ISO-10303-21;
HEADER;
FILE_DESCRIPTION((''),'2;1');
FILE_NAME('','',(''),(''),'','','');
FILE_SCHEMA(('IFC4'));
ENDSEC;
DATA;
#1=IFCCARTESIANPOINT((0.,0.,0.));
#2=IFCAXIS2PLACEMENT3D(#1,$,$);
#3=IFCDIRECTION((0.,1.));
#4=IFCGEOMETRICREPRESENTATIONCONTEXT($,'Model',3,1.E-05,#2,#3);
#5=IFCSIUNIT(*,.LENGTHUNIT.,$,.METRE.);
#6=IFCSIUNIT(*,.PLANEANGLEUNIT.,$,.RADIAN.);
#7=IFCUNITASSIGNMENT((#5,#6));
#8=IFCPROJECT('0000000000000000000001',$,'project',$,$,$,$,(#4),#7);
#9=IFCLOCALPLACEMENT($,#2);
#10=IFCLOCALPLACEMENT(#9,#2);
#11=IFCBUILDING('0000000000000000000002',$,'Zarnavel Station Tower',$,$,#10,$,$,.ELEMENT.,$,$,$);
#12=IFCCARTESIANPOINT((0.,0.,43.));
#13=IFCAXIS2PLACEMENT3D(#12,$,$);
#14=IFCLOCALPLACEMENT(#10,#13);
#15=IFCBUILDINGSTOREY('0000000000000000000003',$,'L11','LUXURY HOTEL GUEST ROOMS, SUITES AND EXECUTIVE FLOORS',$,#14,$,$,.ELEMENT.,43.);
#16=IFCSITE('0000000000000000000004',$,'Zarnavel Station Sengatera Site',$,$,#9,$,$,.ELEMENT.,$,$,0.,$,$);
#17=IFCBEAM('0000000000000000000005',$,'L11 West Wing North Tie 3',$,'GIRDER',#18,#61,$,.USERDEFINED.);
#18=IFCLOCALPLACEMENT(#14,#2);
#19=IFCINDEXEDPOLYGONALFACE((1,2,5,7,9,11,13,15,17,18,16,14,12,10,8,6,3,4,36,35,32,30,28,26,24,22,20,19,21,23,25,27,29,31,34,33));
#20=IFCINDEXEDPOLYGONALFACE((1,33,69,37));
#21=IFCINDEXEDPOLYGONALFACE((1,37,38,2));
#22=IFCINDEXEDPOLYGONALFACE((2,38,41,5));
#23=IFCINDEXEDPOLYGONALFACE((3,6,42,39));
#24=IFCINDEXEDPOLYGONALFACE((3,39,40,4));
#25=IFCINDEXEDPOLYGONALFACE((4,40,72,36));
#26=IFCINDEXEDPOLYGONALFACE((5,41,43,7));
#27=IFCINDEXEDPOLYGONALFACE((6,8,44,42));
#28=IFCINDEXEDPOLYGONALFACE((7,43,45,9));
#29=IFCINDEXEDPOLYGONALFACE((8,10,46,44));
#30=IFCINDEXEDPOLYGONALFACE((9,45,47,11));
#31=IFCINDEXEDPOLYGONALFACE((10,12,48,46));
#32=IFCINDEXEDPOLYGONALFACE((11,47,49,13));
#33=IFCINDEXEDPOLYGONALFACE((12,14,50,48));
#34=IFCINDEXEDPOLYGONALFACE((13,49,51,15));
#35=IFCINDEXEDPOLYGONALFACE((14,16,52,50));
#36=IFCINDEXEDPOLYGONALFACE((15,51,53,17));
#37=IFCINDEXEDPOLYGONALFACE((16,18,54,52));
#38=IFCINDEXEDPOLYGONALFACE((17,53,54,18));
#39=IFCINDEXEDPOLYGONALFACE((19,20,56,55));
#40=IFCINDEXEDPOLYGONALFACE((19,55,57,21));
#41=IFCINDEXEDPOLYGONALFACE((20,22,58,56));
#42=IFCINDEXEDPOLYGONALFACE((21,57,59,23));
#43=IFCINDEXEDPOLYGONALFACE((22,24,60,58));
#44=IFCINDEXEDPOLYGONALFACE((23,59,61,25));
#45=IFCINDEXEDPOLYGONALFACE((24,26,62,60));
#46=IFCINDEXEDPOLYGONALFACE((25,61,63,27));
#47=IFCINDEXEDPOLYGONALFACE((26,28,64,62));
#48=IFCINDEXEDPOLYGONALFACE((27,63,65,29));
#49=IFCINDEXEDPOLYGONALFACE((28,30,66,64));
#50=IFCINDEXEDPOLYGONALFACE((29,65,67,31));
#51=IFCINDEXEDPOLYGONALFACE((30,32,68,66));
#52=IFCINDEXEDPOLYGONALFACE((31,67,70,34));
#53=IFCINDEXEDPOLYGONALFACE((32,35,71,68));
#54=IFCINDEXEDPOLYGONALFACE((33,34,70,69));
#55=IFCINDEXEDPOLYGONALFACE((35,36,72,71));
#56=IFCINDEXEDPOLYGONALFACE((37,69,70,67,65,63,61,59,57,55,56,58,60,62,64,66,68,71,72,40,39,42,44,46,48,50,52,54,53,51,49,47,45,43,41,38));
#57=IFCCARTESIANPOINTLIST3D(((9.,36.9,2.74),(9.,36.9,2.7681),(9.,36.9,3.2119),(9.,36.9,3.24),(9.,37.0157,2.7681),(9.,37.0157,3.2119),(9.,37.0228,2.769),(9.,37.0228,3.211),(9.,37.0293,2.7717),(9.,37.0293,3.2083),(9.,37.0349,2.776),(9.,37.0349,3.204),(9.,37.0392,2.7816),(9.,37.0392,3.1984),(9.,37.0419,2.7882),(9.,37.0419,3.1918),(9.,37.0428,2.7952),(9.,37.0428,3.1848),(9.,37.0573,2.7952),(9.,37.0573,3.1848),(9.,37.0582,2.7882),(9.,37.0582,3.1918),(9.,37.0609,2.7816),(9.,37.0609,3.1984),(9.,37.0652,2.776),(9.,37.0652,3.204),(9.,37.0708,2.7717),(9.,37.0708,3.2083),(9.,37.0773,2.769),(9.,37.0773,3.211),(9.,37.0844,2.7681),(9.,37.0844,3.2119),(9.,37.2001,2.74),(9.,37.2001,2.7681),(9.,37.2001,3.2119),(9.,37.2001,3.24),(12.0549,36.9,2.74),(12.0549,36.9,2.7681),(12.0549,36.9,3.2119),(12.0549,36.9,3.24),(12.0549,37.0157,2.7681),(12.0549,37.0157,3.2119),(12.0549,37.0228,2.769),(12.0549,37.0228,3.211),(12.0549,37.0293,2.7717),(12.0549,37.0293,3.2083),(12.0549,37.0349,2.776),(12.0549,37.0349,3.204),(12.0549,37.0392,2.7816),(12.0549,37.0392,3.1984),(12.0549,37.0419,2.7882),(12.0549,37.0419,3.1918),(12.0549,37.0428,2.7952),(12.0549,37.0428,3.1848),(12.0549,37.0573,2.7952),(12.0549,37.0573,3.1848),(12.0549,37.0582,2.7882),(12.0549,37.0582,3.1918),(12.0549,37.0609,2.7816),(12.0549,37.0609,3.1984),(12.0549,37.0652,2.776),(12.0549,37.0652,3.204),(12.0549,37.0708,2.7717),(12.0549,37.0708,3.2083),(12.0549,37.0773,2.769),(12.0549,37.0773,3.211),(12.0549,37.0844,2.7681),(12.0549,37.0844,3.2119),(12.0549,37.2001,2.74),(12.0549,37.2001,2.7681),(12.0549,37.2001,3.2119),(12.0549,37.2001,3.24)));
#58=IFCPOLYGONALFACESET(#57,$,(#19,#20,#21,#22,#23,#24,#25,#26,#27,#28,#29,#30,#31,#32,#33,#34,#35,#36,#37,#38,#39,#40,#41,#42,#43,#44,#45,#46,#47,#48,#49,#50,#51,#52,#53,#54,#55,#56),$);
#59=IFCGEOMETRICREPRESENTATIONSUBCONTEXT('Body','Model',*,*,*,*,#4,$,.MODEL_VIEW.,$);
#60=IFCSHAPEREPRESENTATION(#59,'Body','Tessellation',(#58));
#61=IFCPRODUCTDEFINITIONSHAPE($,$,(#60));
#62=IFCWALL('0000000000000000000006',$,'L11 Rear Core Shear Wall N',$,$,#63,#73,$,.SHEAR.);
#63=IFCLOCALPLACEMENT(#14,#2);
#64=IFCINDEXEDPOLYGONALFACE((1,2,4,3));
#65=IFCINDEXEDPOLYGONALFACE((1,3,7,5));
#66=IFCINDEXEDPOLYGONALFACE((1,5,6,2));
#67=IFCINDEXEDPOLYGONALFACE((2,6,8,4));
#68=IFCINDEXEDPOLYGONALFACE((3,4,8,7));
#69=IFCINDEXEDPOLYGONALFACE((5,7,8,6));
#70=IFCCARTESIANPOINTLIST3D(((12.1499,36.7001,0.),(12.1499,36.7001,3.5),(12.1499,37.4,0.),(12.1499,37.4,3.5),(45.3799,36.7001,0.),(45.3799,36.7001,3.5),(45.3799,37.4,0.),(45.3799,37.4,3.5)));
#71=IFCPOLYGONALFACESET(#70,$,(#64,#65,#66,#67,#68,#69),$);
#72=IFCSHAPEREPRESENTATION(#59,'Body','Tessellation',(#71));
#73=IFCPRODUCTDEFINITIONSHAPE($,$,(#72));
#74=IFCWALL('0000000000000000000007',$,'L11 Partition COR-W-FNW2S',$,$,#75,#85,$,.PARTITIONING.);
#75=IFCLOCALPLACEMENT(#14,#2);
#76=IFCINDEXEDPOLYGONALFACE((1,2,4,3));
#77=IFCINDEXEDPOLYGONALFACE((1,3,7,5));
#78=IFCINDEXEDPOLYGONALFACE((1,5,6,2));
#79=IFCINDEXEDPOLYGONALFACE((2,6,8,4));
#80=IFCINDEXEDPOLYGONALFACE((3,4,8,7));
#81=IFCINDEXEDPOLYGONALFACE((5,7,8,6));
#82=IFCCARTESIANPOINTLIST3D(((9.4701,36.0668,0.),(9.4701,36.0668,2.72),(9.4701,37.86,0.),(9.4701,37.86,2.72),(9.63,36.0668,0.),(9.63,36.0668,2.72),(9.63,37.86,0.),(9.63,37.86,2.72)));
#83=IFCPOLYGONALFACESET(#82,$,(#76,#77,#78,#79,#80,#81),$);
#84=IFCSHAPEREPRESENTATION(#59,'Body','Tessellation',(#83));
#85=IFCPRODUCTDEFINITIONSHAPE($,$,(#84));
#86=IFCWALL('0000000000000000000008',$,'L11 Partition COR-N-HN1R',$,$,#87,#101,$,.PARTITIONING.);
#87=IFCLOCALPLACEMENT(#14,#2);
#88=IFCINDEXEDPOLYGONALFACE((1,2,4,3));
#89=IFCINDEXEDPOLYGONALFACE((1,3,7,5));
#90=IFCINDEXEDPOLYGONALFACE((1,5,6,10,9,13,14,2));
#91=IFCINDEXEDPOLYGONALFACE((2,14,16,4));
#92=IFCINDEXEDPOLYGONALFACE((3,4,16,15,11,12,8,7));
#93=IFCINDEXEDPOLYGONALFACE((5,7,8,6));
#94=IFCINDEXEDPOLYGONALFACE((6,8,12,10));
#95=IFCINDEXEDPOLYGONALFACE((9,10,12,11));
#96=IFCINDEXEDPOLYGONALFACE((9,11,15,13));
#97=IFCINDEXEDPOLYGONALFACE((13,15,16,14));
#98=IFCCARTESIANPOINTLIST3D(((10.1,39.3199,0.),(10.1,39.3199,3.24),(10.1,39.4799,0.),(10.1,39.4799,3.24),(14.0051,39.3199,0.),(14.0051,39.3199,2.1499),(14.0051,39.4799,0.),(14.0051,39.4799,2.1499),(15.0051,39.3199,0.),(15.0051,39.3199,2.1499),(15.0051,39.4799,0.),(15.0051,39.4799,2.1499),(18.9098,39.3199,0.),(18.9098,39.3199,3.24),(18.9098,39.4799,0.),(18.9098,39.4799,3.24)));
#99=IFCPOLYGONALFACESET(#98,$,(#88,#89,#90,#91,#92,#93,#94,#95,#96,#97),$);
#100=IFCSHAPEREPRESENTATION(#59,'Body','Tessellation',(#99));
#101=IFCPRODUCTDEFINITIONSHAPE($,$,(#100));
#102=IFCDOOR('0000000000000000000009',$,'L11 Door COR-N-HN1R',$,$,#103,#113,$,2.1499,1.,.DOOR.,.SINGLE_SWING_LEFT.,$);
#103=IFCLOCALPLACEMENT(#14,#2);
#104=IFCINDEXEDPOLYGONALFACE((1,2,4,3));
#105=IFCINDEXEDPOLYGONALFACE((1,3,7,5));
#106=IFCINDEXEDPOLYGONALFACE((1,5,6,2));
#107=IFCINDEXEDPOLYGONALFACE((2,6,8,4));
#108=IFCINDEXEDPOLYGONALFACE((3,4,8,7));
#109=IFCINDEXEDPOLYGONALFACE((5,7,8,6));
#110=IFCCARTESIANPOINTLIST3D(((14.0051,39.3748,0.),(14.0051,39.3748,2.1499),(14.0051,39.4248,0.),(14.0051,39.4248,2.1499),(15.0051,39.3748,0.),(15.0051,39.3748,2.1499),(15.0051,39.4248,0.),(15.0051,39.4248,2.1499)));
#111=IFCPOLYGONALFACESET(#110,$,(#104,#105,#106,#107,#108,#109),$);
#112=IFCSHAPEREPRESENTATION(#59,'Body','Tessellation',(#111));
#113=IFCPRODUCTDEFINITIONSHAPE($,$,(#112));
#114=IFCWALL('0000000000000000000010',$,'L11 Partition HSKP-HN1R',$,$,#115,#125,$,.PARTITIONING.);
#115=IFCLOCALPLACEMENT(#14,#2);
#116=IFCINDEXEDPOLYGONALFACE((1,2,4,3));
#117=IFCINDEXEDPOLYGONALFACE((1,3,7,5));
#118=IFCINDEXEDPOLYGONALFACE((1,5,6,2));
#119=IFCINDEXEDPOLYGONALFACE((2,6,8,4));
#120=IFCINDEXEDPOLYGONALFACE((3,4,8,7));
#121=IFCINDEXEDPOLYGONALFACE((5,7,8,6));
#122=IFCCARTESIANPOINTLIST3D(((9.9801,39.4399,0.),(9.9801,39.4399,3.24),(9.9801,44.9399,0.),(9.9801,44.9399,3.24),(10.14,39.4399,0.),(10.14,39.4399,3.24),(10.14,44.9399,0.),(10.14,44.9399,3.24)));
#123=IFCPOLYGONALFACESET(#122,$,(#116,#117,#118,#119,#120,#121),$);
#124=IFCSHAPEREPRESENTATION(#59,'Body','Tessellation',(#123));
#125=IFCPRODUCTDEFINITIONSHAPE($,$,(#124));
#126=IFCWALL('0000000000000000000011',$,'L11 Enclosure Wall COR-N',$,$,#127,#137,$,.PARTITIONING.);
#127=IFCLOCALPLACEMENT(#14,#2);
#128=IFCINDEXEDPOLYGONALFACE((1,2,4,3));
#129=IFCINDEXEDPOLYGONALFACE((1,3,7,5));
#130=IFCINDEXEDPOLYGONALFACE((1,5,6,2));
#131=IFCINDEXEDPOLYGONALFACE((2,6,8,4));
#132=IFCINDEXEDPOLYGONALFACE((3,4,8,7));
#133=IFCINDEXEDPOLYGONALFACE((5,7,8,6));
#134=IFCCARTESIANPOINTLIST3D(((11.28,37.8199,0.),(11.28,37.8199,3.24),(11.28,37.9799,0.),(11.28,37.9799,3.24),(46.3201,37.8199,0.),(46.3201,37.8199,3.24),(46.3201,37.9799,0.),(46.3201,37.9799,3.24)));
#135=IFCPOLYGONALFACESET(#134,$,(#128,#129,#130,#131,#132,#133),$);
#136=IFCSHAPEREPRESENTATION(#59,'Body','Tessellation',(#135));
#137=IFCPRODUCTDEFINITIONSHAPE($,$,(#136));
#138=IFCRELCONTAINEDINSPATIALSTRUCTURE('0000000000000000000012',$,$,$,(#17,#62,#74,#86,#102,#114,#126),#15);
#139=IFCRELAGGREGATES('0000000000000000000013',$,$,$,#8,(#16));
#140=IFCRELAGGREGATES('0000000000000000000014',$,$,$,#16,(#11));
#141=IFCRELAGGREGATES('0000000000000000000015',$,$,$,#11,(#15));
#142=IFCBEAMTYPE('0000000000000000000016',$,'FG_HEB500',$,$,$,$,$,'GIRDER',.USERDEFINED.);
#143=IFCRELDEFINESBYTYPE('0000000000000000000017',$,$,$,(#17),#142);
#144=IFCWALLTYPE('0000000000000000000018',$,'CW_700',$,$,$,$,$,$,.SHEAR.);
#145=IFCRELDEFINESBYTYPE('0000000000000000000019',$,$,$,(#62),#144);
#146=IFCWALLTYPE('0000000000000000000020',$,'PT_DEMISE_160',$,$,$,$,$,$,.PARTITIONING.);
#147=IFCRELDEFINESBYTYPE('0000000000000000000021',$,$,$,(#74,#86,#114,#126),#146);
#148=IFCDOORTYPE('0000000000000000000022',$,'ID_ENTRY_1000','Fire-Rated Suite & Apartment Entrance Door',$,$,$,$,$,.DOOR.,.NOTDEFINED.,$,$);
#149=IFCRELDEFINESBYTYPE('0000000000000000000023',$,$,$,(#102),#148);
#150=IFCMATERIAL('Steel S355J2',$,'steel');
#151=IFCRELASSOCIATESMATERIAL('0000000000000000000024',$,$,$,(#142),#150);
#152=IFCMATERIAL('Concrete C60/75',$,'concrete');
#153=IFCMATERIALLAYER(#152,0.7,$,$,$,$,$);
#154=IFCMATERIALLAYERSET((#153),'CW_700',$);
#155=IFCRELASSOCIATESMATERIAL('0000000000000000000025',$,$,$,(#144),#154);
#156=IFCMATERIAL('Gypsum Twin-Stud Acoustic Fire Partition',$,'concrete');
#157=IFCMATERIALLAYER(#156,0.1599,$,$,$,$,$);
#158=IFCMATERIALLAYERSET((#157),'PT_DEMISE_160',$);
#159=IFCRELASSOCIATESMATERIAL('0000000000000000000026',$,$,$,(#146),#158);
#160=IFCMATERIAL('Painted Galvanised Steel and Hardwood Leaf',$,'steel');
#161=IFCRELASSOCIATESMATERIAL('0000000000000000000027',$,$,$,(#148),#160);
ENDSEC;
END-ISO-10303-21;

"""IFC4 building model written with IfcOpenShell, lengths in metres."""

from ifc_helpers import new_model, si_unit, direction, frame, frame_2d, origin, origin_2d, place, context, subcontext, project, spatial, rectangle, i_section, extrude, material, layer, layer_set, material_profile, profile_set, type_object, element, fill, save


model = new_model("IFC4")

# Units and contexts
model_context = context("Model", 3, precision=1e-05, world=origin(), true_north=direction((0.0, 1.0)))
body_context = subcontext(model_context, "Body", "Model", "MODEL_VIEW")
ifc_project = project(units=[si_unit("LENGTHUNIT", "METRE"), si_unit("PLANEANGLEUNIT", "RADIAN")], contexts=[model_context])

# Site, building, storey
site_placement = place(None, origin())
site = spatial("IfcSite", under=ifc_project, at=site_placement, Name="Zarnavel Station Sengatera Site", CompositionType="ELEMENT", RefElevation=0.0)
building_placement = place(site_placement, origin())
building = spatial("IfcBuilding", under=site, at=building_placement, Name="Zarnavel Station Tower", CompositionType="ELEMENT")
storey_placement = place(building_placement, frame((0.0, 0.0, 43.0)))
storey = spatial("IfcBuildingStorey", under=building, at=storey_placement, Name="L11", Description="LUXURY HOTEL GUEST ROOMS, SUITES AND EXECUTIVE FLOORS", CompositionType="ELEMENT", Elevation=43.0)

# Beam
ifc_material_1 = material(Name="Steel S355J2", Category="steel")
ifc_material_profile_1 = material_profile(ifc_material_1, i_section(OverallWidth=0.3, OverallDepth=0.5, WebThickness=0.0144, FlangeThickness=0.0281, FilletRadius=0.0271, at=origin_2d()), Name="HEB500")
ifc_profile_set_1 = profile_set([ifc_material_profile_1], Name="Steel S355J2")
beam_type = type_object("IfcBeamType", Name="FG_HEB500", ElementType="GIRDER", PredefinedType="USERDEFINED", material=ifc_profile_set_1)
beam_1_placement = place(storey_placement, frame((9.0, 37.05, 2.99), z_axis=(1.0, 0.0, 0.0), x_axis=(0.0, 1.0, 0.0)))
element("IfcBeam", 1, at=beam_1_placement, inside=storey, type_object=beam_type, Name="L11 West Wing North Tie 3", ObjectType="GIRDER", PredefinedType="USERDEFINED", context=body_context, shape_type="SweptSolid", body=[
    extrude(i_section(OverallWidth=0.3, OverallDepth=0.5, WebThickness=0.0144, FlangeThickness=0.0281, FilletRadius=0.0271, at=origin_2d()), origin(), (0.0, 0.0, 1.0), 3.0549),
])

# Walls
ifc_material_2 = material(Name="Concrete C60/75", Category="concrete")
ifc_layer_1 = layer(ifc_material_2, 0.7)
ifc_layer_set_1 = layer_set([ifc_layer_1], Name="CW_700")
wall_type_1 = type_object("IfcWallType", Name="CW_700", PredefinedType="SHEAR", material=ifc_layer_set_1)
wall_1_placement = place(storey_placement, frame((12.1499, 37.05, 0.0), z_axis=(0.0, 0.0, 1.0), x_axis=(1.0, 0.0, 0.0)))
element("IfcWall", 2, at=wall_1_placement, inside=storey, type_object=wall_type_1, Name="L11 Rear Core Shear Wall N", PredefinedType="SHEAR", context=body_context, shape_type="SweptSolid", body=[
    extrude(rectangle(XDim=33.23, YDim=0.7, at=frame_2d((16.615, 0.0))), origin(), (0.0, 0.0, 1.0), 3.5),
])
ifc_material_3 = material(Name="Gypsum Twin-Stud Acoustic Fire Partition", Category="concrete")
ifc_layer_2 = layer(ifc_material_3, 0.1599)
ifc_layer_set_2 = layer_set([ifc_layer_2], Name="PT_DEMISE_160")
wall_type_2 = type_object("IfcWallType", Name="PT_DEMISE_160", PredefinedType="PARTITIONING", material=ifc_layer_set_2)
wall_2_placement = place(storey_placement, frame((9.55, 36.0669, 0.0), z_axis=(0.0, 0.0, 1.0), x_axis=(0.0, 1.0, 0.0)))
element("IfcWall", 3, at=wall_2_placement, inside=storey, type_object=wall_type_2, Name="L11 Partition COR-W-FNW2S", PredefinedType="PARTITIONING", context=body_context, shape_type="SweptSolid", body=[
    extrude(rectangle(XDim=1.7932, YDim=0.1599, at=frame_2d((0.8965, 0.0))), origin(), (0.0, 0.0, 1.0), 2.72),
])

# Wall, opening, door
wall_3_placement = place(storey_placement, frame((10.1001, 39.3999, 0.0), z_axis=(0.0, 0.0, 1.0), x_axis=(1.0, 0.0, 0.0)))
wall_3 = element("IfcWall", 4, at=wall_3_placement, inside=storey, type_object=wall_type_2, Name="L11 Partition COR-N-HN1R", PredefinedType="PARTITIONING", context=body_context, shape_type="SweptSolid", body=[
    extrude(rectangle(XDim=8.8098, YDim=0.1599, at=frame_2d((4.4048, 0.0))), origin(), (0.0, 0.0, 1.0), 3.24),
])
opening_placement = place(wall_3_placement, frame((3.905, 0.0, 0.0)))
opening = element("IfcOpeningElement", 5, at=opening_placement, cuts=wall_3, PredefinedType="OPENING", context=body_context, shape_type="SweptSolid", body=[
    extrude(rectangle(XDim=1.0, YDim=2.1499, at=frame_2d((0.5, 1.075))), frame((0.0, 0.0898, 0.0), z_axis=(0.0, -1.0, 0.0), x_axis=(1.0, 0.0, 0.0)), (0.0, 0.0, 1.0), 0.1799),
])
ifc_material_4 = material(Name="Painted Galvanised Steel and Hardwood Leaf", Category="steel")
door_type = type_object("IfcDoorType", Name="ID_ENTRY_1000", Description="Fire-Rated Suite & Apartment Entrance Door", OperationType="NOTDEFINED", PredefinedType="DOOR", material=ifc_material_4)
door_placement = place(opening_placement, origin())
door = element("IfcDoor", 6, at=door_placement, inside=storey, type_object=door_type, Name="L11 Door COR-N-HN1R", OperationType="SINGLE_SWING_LEFT", OverallHeight=2.1499, OverallWidth=1.0, PredefinedType="DOOR", context=body_context, shape_type="SweptSolid", body=[
    extrude(rectangle(XDim=1.0, YDim=2.1499, at=frame_2d((0.5, 1.075))), frame((0.0, 0.0249, 0.0), z_axis=(0.0, -1.0, 0.0), x_axis=(1.0, 0.0, 0.0)), (0.0, 0.0, 1.0), 0.05),
])
fill(opening, door)

# Walls
wall_4_placement = place(storey_placement, frame((10.0601, 39.4399, 0.0), z_axis=(0.0, 0.0, 1.0), x_axis=(0.0, 1.0, 0.0)))
element("IfcWall", 7, at=wall_4_placement, inside=storey, type_object=wall_type_2, Name="L11 Partition HSKP-HN1R", PredefinedType="PARTITIONING", context=body_context, shape_type="SweptSolid", body=[
    extrude(rectangle(XDim=5.5, YDim=0.1599, at=frame_2d((2.75, 0.0))), origin(), (0.0, 0.0, 1.0), 3.24),
])
wall_5_placement = place(storey_placement, frame((11.28, 37.8999, 0.0), z_axis=(0.0, 0.0, 1.0), x_axis=(1.0, 0.0, 0.0)))
element("IfcWall", 8, at=wall_5_placement, inside=storey, type_object=wall_type_2, Name="L11 Enclosure Wall COR-N", PredefinedType="PARTITIONING", context=body_context, shape_type="SweptSolid", body=[
    extrude(rectangle(XDim=35.04, YDim=0.1599, at=frame_2d((17.52, 0.0))), origin(), (0.0, 0.0, 1.0), 3.24),
])

save(model, "model.ifc")
